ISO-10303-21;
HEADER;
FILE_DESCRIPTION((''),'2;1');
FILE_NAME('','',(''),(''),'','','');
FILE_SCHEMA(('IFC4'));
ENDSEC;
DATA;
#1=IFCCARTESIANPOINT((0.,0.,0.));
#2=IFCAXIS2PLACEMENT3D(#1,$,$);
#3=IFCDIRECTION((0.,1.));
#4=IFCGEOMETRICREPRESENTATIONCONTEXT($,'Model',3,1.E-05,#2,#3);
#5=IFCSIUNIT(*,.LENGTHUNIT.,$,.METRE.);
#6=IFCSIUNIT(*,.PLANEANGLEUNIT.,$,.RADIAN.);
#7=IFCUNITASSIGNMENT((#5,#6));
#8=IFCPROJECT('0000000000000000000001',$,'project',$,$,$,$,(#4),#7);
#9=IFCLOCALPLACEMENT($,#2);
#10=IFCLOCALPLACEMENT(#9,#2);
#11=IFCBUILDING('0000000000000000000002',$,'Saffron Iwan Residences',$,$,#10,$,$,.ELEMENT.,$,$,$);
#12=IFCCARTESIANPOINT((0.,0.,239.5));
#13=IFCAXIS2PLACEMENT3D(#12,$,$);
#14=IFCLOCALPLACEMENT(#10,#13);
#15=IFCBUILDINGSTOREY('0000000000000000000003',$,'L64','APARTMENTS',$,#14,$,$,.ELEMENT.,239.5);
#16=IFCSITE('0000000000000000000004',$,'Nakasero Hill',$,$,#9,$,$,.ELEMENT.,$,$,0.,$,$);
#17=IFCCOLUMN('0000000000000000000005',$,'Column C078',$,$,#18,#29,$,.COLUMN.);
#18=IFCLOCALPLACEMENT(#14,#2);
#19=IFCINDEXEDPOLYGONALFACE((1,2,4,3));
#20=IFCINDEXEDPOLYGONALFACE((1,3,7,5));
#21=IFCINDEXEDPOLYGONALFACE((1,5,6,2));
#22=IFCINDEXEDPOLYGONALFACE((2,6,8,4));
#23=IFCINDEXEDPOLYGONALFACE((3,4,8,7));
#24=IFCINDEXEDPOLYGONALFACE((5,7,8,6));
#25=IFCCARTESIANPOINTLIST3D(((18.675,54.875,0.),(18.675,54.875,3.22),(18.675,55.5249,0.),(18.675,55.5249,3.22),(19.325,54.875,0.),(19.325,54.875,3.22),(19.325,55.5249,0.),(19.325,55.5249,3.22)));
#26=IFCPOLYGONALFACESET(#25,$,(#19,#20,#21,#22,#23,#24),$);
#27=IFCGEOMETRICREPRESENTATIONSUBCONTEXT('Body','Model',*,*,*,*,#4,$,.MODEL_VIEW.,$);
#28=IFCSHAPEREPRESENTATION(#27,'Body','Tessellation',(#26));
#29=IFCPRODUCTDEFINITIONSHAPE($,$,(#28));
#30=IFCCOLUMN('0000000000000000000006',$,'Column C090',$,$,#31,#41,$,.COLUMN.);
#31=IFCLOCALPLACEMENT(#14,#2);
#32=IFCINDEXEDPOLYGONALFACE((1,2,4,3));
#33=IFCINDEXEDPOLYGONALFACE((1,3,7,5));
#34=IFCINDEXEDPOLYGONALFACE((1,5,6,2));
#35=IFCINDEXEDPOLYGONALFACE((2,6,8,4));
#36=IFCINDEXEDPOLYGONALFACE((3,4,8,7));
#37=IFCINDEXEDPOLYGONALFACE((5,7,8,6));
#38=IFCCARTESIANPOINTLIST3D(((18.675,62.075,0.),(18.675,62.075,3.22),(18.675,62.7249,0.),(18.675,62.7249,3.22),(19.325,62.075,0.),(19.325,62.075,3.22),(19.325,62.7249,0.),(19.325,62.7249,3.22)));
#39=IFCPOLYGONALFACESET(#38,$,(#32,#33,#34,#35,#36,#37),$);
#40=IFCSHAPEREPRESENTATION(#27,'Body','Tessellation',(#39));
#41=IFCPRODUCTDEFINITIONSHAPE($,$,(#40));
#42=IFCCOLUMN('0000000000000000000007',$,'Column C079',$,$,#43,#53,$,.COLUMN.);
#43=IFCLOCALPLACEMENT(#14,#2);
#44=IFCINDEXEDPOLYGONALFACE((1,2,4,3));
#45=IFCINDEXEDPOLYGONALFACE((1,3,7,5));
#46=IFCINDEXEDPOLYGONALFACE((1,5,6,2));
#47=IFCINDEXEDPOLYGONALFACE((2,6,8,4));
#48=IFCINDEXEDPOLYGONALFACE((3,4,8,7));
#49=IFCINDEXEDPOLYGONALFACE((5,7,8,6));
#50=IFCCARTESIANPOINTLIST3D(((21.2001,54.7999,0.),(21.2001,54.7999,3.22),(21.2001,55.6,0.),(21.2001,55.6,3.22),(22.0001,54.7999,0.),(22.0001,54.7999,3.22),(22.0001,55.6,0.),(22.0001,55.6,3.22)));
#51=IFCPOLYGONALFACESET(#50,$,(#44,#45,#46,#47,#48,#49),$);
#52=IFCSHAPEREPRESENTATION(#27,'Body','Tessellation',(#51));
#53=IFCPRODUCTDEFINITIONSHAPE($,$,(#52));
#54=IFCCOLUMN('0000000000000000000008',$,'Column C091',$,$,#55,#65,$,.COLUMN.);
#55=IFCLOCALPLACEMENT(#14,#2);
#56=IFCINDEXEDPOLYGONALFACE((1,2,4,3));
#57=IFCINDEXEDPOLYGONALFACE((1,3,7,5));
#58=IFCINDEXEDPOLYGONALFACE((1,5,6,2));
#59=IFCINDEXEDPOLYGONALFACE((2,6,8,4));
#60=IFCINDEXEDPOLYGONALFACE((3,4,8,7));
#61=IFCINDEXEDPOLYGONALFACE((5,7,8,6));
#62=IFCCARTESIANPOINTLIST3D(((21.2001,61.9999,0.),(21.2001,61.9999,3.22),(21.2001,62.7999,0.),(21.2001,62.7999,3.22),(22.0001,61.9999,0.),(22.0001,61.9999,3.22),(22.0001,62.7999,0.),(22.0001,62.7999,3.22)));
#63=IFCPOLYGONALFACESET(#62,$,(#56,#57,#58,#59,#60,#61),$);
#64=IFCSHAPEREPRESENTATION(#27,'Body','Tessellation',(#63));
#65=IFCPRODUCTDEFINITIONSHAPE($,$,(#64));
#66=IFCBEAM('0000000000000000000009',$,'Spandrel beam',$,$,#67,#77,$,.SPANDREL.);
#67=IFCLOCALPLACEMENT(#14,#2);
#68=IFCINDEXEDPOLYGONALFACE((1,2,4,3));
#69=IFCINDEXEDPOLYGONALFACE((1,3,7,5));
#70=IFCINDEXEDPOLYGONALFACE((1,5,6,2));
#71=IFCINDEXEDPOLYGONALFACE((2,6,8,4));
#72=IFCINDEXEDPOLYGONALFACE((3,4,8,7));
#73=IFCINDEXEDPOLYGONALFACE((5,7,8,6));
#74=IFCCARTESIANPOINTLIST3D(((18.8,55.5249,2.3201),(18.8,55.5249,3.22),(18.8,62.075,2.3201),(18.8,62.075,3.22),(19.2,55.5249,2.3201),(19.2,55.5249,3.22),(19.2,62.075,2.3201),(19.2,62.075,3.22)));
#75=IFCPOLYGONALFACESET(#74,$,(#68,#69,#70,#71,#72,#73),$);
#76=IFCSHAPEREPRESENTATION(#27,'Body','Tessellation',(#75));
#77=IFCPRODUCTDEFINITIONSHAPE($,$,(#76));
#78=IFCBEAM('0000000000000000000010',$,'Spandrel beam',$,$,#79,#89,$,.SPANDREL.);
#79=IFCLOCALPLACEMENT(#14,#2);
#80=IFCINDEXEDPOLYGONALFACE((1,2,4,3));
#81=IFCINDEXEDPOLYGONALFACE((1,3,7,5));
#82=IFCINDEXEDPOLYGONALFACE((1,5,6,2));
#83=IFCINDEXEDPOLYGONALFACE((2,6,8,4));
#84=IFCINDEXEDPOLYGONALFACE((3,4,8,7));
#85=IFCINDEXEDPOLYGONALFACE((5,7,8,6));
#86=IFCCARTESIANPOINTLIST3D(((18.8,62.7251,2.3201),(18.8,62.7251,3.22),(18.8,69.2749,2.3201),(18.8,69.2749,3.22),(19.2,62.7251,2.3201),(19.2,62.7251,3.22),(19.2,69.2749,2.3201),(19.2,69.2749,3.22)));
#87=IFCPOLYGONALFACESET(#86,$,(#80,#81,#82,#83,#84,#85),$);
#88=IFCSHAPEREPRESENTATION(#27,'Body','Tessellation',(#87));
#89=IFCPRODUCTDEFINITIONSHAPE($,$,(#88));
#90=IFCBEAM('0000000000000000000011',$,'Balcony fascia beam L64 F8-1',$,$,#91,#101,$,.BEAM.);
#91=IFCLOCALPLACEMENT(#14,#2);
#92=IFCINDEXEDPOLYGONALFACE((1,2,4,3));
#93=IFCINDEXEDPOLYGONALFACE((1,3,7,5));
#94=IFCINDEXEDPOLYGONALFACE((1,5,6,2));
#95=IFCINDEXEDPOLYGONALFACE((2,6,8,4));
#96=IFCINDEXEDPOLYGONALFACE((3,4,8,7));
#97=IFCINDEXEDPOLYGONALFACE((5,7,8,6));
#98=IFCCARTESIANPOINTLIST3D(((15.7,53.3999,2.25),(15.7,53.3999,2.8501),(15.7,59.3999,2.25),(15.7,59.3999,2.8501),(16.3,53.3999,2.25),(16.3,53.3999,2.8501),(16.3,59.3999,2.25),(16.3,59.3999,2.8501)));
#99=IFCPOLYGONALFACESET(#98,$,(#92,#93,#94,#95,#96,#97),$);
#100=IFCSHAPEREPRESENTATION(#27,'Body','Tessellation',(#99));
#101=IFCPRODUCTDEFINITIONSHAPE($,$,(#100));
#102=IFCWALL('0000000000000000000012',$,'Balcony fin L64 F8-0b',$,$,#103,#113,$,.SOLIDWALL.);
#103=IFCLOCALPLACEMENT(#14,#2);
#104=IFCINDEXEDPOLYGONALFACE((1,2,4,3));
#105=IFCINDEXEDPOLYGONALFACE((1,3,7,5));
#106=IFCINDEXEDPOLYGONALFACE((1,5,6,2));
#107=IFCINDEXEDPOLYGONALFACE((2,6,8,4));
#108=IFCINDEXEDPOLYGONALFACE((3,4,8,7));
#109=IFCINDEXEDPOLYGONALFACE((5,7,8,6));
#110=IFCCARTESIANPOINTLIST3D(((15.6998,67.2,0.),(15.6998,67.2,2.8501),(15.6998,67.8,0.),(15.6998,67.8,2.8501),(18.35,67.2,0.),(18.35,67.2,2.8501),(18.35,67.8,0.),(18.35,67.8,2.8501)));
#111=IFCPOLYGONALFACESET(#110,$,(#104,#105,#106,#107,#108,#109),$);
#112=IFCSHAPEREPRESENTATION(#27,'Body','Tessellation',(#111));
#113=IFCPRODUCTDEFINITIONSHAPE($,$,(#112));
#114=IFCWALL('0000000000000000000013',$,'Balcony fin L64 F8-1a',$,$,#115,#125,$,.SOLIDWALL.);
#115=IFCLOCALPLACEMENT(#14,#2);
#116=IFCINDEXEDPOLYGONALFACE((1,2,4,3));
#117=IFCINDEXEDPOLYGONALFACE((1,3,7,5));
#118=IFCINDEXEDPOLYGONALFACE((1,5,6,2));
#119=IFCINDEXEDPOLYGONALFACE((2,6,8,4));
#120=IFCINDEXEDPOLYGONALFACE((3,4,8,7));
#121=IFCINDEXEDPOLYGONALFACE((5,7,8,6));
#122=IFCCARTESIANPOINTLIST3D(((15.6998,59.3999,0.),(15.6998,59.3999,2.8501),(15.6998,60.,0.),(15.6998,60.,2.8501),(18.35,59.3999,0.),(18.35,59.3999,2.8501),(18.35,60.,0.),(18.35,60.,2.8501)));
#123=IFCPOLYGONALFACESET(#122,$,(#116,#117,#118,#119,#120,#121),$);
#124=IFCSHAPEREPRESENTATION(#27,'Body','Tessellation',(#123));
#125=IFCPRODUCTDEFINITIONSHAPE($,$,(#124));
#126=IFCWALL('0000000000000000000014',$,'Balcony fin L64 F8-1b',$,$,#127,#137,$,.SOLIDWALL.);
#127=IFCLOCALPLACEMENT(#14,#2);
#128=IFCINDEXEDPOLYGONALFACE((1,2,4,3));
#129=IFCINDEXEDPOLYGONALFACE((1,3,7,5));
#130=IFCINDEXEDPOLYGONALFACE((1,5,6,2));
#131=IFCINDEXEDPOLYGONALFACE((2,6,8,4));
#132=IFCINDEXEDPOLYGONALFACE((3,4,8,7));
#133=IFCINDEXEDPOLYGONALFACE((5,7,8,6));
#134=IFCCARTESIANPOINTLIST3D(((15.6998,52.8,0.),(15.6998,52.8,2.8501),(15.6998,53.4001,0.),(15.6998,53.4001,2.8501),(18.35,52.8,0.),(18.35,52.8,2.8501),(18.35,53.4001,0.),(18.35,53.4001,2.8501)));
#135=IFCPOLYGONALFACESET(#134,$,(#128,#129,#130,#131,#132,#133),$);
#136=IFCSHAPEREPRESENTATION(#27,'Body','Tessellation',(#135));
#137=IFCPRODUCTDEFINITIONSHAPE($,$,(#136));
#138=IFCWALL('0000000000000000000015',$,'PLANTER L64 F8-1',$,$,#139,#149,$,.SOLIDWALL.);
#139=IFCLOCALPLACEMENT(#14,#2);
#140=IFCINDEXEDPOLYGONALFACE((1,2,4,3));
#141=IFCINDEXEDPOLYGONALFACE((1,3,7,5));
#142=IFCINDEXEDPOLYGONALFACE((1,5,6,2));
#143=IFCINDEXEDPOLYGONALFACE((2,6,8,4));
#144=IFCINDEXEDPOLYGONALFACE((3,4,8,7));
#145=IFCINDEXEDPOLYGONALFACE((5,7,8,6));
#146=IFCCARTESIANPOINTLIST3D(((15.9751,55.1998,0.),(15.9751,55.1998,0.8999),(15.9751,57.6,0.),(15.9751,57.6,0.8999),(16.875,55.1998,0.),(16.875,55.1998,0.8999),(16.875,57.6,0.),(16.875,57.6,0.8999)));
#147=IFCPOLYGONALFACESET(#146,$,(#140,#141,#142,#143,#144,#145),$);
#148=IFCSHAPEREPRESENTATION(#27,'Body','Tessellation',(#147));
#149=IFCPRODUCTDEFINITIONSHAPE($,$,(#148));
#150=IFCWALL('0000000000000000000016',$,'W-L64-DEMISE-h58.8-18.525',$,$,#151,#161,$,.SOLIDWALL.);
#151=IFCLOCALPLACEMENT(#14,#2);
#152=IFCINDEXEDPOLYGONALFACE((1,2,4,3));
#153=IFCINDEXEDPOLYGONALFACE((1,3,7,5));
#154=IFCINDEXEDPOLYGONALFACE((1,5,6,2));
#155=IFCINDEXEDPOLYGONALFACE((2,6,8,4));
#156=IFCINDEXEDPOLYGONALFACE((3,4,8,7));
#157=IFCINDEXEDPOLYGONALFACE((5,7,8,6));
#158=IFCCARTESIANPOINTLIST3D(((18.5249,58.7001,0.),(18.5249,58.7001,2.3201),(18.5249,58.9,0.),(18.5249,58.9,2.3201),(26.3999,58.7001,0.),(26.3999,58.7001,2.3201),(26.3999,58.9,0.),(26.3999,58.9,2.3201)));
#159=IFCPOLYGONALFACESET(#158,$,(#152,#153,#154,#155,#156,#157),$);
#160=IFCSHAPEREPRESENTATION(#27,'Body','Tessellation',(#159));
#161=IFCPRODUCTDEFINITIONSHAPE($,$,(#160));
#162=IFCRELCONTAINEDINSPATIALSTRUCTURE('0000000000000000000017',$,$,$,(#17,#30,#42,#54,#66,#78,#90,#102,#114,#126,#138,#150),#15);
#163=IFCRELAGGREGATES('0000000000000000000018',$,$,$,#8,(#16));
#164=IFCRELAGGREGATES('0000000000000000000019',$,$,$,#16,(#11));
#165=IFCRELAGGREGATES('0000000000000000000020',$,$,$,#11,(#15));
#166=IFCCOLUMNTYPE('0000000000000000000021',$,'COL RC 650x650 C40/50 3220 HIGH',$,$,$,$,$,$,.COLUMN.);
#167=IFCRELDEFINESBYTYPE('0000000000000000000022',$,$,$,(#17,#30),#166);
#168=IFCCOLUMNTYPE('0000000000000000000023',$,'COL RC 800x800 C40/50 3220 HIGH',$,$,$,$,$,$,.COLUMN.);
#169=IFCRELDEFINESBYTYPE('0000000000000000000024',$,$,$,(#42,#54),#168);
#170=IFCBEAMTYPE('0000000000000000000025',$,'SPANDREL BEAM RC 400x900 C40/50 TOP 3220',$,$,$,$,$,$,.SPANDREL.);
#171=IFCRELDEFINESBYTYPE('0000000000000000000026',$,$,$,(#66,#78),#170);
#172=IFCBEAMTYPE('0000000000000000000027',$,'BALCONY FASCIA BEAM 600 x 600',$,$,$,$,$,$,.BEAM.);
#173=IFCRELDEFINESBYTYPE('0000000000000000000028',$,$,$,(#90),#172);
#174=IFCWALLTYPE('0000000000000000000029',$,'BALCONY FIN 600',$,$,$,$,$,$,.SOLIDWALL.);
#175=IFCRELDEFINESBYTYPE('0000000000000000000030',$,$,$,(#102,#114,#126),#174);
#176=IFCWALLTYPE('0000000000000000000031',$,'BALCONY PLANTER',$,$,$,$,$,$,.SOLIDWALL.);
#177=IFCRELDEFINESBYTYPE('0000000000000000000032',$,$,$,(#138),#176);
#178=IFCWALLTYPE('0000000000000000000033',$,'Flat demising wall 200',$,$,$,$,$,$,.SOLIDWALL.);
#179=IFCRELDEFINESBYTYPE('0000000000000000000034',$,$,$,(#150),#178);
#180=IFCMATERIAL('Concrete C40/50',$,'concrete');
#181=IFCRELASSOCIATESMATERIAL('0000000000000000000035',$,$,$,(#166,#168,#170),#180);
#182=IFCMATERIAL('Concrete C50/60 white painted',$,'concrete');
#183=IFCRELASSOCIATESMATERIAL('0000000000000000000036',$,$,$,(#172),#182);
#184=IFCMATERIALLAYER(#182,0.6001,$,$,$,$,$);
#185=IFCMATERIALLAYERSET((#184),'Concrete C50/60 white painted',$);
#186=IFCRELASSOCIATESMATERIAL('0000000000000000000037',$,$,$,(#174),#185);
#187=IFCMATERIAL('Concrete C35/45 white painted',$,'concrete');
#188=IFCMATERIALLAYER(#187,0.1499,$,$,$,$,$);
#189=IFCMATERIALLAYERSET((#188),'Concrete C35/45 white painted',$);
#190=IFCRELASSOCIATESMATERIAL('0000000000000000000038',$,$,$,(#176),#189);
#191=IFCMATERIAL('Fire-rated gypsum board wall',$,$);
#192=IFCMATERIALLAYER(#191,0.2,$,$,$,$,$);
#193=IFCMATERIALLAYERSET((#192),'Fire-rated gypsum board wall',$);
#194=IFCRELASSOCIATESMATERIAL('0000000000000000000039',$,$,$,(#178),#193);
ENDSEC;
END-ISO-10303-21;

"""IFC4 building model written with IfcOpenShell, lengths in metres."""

from ifc_helpers import new_model, si_unit, direction, frame, frame_2d, origin, origin_2d, place, context, subcontext, project, spatial, rectangle, extrude, source, transform, mapped, material, layer, layer_set, material_profile, profile_set, type_object, element, save


model = new_model("IFC4")

# Units and contexts
model_context = context("Model", 3, precision=1e-05, world=origin(), true_north=direction((0.0, 1.0)))
body_context = subcontext(model_context, "Body", "Model", "MODEL_VIEW")
ifc_project = project(units=[si_unit("LENGTHUNIT", "METRE"), si_unit("PLANEANGLEUNIT", "RADIAN")], contexts=[model_context])

# Site, building, storey
site_placement = place(None, origin())
site = spatial("IfcSite", under=ifc_project, at=site_placement, Name="Nakasero Hill", CompositionType="ELEMENT", RefElevation=0.0)
building_placement = place(site_placement, origin())
building = spatial("IfcBuilding", under=site, at=building_placement, Name="Saffron Iwan Residences", CompositionType="ELEMENT")
storey_placement = place(building_placement, frame((0.0, 0.0, 239.5)))
storey = spatial("IfcBuildingStorey", under=building, at=storey_placement, Name="L64", Description="APARTMENTS", CompositionType="ELEMENT", Elevation=239.5)

# Columns
ifc_material_1 = material(Name="Concrete C40/50", Category="concrete")
ifc_material_profile_1 = material_profile(ifc_material_1, rectangle(XDim=0.6499, YDim=0.6499, at=origin_2d()), Name="RC 650x650")
ifc_profile_set_1 = profile_set([ifc_material_profile_1], Name="Concrete C40/50")
column_type_1 = type_object("IfcColumnType", Name="COL RC 650x650 C40/50 3220 HIGH", PredefinedType="COLUMN", material=ifc_profile_set_1)
shared_shape_1 = source(origin(), body_context, "Body", "SweptSolid", [
    extrude(rectangle(XDim=0.6499, YDim=0.6499, at=origin_2d()), origin(), (0.0, 0.0, 1.0), 3.22),
])
for number, where, z_axis, x_axis, name in (
    (1, (19.0, 55.2, 0.0), (0.0, 0.0, 1.0), (1.0, 0.0, 0.0), "Column C078"),
    (2, (19.0, 62.3999, 0.0), (0.0, 0.0, 1.0), (1.0, 0.0, 0.0), "Column C090"),
):
    element("IfcColumn", number, at=place(storey_placement, frame(where, z_axis=z_axis, x_axis=x_axis)), inside=storey, type_object=column_type_1, Name=name, PredefinedType="COLUMN", context=body_context, shape_type="MappedRepresentation", body=[
        mapped(shared_shape_1, transform((0.0, 0.0, 0.0))),
    ])
ifc_material_profile_2 = material_profile(ifc_material_1, rectangle(XDim=0.8, YDim=0.8, at=origin_2d()), Name="RC 800x800")
ifc_profile_set_2 = profile_set([ifc_material_profile_2], Name="Concrete C40/50")
column_type_2 = type_object("IfcColumnType", Name="COL RC 800x800 C40/50 3220 HIGH", PredefinedType="COLUMN", material=ifc_profile_set_2)
shared_shape_2 = source(origin(), body_context, "Body", "SweptSolid", [
    extrude(rectangle(XDim=0.8, YDim=0.8, at=origin_2d()), origin(), (0.0, 0.0, 1.0), 3.22),
])
for number, where, z_axis, x_axis, name in (
    (3, (21.6001, 55.2, 0.0), (0.0, 0.0, 1.0), (1.0, 0.0, 0.0), "Column C079"),
    (4, (21.6001, 62.3999, 0.0), (0.0, 0.0, 1.0), (1.0, 0.0, 0.0), "Column C091"),
):
    element("IfcColumn", number, at=place(storey_placement, frame(where, z_axis=z_axis, x_axis=x_axis)), inside=storey, type_object=column_type_2, Name=name, PredefinedType="COLUMN", context=body_context, shape_type="MappedRepresentation", body=[
        mapped(shared_shape_2, transform((0.0, 0.0, 0.0))),
    ])

# Beams
ifc_material_profile_3 = material_profile(ifc_material_1, rectangle(XDim=0.3999, YDim=0.8999, at=origin_2d()), Name="RC 400x900")
ifc_profile_set_3 = profile_set([ifc_material_profile_3], Name="Concrete C40/50")
beam_type_1 = type_object("IfcBeamType", Name="SPANDREL BEAM RC 400x900 C40/50 TOP 3220", PredefinedType="SPANDREL", material=ifc_profile_set_3)
shared_shape_3 = source(origin(), body_context, "Body", "SweptSolid", [
    extrude(rectangle(XDim=0.3999, YDim=0.8999, at=origin_2d()), origin(), (0.0, 0.0, 1.0), 6.55),
])
beam_1_placement = place(storey_placement, frame((19.0, 55.5249, 2.77), z_axis=(0.0, 1.0, 0.0), x_axis=(-1.0, 0.0, 0.0)))
element("IfcBeam", 5, at=beam_1_placement, inside=storey, type_object=beam_type_1, Name="Spandrel beam", PredefinedType="SPANDREL", context=body_context, shape_type="MappedRepresentation", body=[
    mapped(shared_shape_3, transform((0.0, 0.0, 0.0))),
])
shared_shape_4 = source(origin(), body_context, "Body", "SweptSolid", [
    extrude(rectangle(XDim=0.3999, YDim=0.8999, at=origin_2d()), origin(), (0.0, 0.0, 1.0), 6.5498),
])
beam_2_placement = place(storey_placement, frame((19.0, 62.7251, 2.77), z_axis=(0.0, 1.0, 0.0), x_axis=(-1.0, 0.0, 0.0)))
element("IfcBeam", 6, at=beam_2_placement, inside=storey, type_object=beam_type_1, Name="Spandrel beam", PredefinedType="SPANDREL", context=body_context, shape_type="MappedRepresentation", body=[
    mapped(shared_shape_4, transform((0.0, 0.0, 0.0))),
])
ifc_material_2 = material(Name="Concrete C50/60 white painted", Category="concrete")
ifc_material_profile_4 = material_profile(ifc_material_2, rectangle(XDim=0.6001, YDim=0.6001, at=origin_2d()), Name="BALCONY FASCIA BEAM 600 x 600")
ifc_profile_set_4 = profile_set([ifc_material_profile_4], Name="Concrete C50/60 white painted")
beam_type_2 = type_object("IfcBeamType", Name="BALCONY FASCIA BEAM 600 x 600", PredefinedType="BEAM", material=ifc_profile_set_4)
shared_shape_5 = source(origin(), body_context, "Body", "SweptSolid", [
    extrude(rectangle(XDim=0.6001, YDim=0.6001, at=origin_2d()), origin(), (0.0, 0.0, 1.0), 6.0),
])
beam_3_placement = place(storey_placement, frame((16.0, 59.3999, 2.55), z_axis=(0.0, -1.0, 0.0), x_axis=(1.0, 0.0, 0.0)))
element("IfcBeam", 7, at=beam_3_placement, inside=storey, type_object=beam_type_2, Name="Balcony fascia beam L64 F8-1", PredefinedType="BEAM", context=body_context, shape_type="MappedRepresentation", body=[
    mapped(shared_shape_5, transform((0.0, 0.0, 0.0))),
])

# Walls
ifc_layer_1 = layer(ifc_material_2, 0.6001)
ifc_layer_set_1 = layer_set([ifc_layer_1], Name="Concrete C50/60 white painted")
wall_type_1 = type_object("IfcWallType", Name="BALCONY FIN 600", PredefinedType="SOLIDWALL", material=ifc_layer_set_1)
for number, where, z_axis, x_axis, name in (
    (8, (18.3501, 67.5, 0.0), (0.0, 0.0, 1.0), (-1.0, 0.0, 0.0), "Balcony fin L64 F8-0b"),
    (9, (18.3501, 59.7, 0.0), (0.0, 0.0, 1.0), (-1.0, 0.0, 0.0), "Balcony fin L64 F8-1a"),
    (10, (18.3501, 53.1001, 0.0), (0.0, 0.0, 1.0), (-1.0, 0.0, 0.0), "Balcony fin L64 F8-1b"),
):
    element("IfcWall", number, at=place(storey_placement, frame(where, z_axis=z_axis, x_axis=x_axis)), inside=storey, type_object=wall_type_1, Name=name, PredefinedType="SOLIDWALL", context=body_context, shape_type="SweptSolid", body=[
        extrude(rectangle(XDim=2.6501, YDim=0.6001, at=frame_2d((1.3252, 0.0))), origin(), (0.0, 0.0, 1.0), 2.8501),
    ])
ifc_material_3 = material(Name="Concrete C35/45 white painted", Category="concrete")
ifc_layer_2 = layer(ifc_material_3, 0.1499)
ifc_layer_set_2 = layer_set([ifc_layer_2], Name="Concrete C35/45 white painted")
wall_type_2 = type_object("IfcWallType", Name="BALCONY PLANTER", PredefinedType="SOLIDWALL", material=ifc_layer_set_2)
wall_1_placement = place(storey_placement, frame((16.425, 57.6001, 0.0), z_axis=(0.0, 0.0, 1.0), x_axis=(0.0, -1.0, 0.0)))
element("IfcWall", 11, at=wall_1_placement, inside=storey, type_object=wall_type_2, Name="PLANTER L64 F8-1", PredefinedType="SOLIDWALL", context=body_context, shape_type="SweptSolid", body=[
    extrude(rectangle(XDim=2.4001, YDim=0.8999, at=frame_2d((1.2002, 0.0))), origin(), (0.0, 0.0, 1.0), 0.8999),
])
ifc_material_4 = material(Name="Fire-rated gypsum board wall")
ifc_layer_3 = layer(ifc_material_4, 0.2)
ifc_layer_set_3 = layer_set([ifc_layer_3], Name="Fire-rated gypsum board wall")
wall_type_3 = type_object("IfcWallType", Name="Flat demising wall 200", PredefinedType="SOLIDWALL", material=ifc_layer_set_3)
wall_2_placement = place(storey_placement, frame((18.5249, 58.8, 0.0), z_axis=(0.0, 0.0, 1.0), x_axis=(1.0, 0.0, 0.0)))
element("IfcWall", 12, at=wall_2_placement, inside=storey, type_object=wall_type_3, Name="W-L64-DEMISE-h58.8-18.525", PredefinedType="SOLIDWALL", context=body_context, shape_type="SweptSolid", body=[
    extrude(rectangle(XDim=7.875, YDim=0.2, at=frame_2d((3.9375, 0.0))), origin(), (0.0, 0.0, 1.0), 2.3201),
])

save(model, "model.ifc")
